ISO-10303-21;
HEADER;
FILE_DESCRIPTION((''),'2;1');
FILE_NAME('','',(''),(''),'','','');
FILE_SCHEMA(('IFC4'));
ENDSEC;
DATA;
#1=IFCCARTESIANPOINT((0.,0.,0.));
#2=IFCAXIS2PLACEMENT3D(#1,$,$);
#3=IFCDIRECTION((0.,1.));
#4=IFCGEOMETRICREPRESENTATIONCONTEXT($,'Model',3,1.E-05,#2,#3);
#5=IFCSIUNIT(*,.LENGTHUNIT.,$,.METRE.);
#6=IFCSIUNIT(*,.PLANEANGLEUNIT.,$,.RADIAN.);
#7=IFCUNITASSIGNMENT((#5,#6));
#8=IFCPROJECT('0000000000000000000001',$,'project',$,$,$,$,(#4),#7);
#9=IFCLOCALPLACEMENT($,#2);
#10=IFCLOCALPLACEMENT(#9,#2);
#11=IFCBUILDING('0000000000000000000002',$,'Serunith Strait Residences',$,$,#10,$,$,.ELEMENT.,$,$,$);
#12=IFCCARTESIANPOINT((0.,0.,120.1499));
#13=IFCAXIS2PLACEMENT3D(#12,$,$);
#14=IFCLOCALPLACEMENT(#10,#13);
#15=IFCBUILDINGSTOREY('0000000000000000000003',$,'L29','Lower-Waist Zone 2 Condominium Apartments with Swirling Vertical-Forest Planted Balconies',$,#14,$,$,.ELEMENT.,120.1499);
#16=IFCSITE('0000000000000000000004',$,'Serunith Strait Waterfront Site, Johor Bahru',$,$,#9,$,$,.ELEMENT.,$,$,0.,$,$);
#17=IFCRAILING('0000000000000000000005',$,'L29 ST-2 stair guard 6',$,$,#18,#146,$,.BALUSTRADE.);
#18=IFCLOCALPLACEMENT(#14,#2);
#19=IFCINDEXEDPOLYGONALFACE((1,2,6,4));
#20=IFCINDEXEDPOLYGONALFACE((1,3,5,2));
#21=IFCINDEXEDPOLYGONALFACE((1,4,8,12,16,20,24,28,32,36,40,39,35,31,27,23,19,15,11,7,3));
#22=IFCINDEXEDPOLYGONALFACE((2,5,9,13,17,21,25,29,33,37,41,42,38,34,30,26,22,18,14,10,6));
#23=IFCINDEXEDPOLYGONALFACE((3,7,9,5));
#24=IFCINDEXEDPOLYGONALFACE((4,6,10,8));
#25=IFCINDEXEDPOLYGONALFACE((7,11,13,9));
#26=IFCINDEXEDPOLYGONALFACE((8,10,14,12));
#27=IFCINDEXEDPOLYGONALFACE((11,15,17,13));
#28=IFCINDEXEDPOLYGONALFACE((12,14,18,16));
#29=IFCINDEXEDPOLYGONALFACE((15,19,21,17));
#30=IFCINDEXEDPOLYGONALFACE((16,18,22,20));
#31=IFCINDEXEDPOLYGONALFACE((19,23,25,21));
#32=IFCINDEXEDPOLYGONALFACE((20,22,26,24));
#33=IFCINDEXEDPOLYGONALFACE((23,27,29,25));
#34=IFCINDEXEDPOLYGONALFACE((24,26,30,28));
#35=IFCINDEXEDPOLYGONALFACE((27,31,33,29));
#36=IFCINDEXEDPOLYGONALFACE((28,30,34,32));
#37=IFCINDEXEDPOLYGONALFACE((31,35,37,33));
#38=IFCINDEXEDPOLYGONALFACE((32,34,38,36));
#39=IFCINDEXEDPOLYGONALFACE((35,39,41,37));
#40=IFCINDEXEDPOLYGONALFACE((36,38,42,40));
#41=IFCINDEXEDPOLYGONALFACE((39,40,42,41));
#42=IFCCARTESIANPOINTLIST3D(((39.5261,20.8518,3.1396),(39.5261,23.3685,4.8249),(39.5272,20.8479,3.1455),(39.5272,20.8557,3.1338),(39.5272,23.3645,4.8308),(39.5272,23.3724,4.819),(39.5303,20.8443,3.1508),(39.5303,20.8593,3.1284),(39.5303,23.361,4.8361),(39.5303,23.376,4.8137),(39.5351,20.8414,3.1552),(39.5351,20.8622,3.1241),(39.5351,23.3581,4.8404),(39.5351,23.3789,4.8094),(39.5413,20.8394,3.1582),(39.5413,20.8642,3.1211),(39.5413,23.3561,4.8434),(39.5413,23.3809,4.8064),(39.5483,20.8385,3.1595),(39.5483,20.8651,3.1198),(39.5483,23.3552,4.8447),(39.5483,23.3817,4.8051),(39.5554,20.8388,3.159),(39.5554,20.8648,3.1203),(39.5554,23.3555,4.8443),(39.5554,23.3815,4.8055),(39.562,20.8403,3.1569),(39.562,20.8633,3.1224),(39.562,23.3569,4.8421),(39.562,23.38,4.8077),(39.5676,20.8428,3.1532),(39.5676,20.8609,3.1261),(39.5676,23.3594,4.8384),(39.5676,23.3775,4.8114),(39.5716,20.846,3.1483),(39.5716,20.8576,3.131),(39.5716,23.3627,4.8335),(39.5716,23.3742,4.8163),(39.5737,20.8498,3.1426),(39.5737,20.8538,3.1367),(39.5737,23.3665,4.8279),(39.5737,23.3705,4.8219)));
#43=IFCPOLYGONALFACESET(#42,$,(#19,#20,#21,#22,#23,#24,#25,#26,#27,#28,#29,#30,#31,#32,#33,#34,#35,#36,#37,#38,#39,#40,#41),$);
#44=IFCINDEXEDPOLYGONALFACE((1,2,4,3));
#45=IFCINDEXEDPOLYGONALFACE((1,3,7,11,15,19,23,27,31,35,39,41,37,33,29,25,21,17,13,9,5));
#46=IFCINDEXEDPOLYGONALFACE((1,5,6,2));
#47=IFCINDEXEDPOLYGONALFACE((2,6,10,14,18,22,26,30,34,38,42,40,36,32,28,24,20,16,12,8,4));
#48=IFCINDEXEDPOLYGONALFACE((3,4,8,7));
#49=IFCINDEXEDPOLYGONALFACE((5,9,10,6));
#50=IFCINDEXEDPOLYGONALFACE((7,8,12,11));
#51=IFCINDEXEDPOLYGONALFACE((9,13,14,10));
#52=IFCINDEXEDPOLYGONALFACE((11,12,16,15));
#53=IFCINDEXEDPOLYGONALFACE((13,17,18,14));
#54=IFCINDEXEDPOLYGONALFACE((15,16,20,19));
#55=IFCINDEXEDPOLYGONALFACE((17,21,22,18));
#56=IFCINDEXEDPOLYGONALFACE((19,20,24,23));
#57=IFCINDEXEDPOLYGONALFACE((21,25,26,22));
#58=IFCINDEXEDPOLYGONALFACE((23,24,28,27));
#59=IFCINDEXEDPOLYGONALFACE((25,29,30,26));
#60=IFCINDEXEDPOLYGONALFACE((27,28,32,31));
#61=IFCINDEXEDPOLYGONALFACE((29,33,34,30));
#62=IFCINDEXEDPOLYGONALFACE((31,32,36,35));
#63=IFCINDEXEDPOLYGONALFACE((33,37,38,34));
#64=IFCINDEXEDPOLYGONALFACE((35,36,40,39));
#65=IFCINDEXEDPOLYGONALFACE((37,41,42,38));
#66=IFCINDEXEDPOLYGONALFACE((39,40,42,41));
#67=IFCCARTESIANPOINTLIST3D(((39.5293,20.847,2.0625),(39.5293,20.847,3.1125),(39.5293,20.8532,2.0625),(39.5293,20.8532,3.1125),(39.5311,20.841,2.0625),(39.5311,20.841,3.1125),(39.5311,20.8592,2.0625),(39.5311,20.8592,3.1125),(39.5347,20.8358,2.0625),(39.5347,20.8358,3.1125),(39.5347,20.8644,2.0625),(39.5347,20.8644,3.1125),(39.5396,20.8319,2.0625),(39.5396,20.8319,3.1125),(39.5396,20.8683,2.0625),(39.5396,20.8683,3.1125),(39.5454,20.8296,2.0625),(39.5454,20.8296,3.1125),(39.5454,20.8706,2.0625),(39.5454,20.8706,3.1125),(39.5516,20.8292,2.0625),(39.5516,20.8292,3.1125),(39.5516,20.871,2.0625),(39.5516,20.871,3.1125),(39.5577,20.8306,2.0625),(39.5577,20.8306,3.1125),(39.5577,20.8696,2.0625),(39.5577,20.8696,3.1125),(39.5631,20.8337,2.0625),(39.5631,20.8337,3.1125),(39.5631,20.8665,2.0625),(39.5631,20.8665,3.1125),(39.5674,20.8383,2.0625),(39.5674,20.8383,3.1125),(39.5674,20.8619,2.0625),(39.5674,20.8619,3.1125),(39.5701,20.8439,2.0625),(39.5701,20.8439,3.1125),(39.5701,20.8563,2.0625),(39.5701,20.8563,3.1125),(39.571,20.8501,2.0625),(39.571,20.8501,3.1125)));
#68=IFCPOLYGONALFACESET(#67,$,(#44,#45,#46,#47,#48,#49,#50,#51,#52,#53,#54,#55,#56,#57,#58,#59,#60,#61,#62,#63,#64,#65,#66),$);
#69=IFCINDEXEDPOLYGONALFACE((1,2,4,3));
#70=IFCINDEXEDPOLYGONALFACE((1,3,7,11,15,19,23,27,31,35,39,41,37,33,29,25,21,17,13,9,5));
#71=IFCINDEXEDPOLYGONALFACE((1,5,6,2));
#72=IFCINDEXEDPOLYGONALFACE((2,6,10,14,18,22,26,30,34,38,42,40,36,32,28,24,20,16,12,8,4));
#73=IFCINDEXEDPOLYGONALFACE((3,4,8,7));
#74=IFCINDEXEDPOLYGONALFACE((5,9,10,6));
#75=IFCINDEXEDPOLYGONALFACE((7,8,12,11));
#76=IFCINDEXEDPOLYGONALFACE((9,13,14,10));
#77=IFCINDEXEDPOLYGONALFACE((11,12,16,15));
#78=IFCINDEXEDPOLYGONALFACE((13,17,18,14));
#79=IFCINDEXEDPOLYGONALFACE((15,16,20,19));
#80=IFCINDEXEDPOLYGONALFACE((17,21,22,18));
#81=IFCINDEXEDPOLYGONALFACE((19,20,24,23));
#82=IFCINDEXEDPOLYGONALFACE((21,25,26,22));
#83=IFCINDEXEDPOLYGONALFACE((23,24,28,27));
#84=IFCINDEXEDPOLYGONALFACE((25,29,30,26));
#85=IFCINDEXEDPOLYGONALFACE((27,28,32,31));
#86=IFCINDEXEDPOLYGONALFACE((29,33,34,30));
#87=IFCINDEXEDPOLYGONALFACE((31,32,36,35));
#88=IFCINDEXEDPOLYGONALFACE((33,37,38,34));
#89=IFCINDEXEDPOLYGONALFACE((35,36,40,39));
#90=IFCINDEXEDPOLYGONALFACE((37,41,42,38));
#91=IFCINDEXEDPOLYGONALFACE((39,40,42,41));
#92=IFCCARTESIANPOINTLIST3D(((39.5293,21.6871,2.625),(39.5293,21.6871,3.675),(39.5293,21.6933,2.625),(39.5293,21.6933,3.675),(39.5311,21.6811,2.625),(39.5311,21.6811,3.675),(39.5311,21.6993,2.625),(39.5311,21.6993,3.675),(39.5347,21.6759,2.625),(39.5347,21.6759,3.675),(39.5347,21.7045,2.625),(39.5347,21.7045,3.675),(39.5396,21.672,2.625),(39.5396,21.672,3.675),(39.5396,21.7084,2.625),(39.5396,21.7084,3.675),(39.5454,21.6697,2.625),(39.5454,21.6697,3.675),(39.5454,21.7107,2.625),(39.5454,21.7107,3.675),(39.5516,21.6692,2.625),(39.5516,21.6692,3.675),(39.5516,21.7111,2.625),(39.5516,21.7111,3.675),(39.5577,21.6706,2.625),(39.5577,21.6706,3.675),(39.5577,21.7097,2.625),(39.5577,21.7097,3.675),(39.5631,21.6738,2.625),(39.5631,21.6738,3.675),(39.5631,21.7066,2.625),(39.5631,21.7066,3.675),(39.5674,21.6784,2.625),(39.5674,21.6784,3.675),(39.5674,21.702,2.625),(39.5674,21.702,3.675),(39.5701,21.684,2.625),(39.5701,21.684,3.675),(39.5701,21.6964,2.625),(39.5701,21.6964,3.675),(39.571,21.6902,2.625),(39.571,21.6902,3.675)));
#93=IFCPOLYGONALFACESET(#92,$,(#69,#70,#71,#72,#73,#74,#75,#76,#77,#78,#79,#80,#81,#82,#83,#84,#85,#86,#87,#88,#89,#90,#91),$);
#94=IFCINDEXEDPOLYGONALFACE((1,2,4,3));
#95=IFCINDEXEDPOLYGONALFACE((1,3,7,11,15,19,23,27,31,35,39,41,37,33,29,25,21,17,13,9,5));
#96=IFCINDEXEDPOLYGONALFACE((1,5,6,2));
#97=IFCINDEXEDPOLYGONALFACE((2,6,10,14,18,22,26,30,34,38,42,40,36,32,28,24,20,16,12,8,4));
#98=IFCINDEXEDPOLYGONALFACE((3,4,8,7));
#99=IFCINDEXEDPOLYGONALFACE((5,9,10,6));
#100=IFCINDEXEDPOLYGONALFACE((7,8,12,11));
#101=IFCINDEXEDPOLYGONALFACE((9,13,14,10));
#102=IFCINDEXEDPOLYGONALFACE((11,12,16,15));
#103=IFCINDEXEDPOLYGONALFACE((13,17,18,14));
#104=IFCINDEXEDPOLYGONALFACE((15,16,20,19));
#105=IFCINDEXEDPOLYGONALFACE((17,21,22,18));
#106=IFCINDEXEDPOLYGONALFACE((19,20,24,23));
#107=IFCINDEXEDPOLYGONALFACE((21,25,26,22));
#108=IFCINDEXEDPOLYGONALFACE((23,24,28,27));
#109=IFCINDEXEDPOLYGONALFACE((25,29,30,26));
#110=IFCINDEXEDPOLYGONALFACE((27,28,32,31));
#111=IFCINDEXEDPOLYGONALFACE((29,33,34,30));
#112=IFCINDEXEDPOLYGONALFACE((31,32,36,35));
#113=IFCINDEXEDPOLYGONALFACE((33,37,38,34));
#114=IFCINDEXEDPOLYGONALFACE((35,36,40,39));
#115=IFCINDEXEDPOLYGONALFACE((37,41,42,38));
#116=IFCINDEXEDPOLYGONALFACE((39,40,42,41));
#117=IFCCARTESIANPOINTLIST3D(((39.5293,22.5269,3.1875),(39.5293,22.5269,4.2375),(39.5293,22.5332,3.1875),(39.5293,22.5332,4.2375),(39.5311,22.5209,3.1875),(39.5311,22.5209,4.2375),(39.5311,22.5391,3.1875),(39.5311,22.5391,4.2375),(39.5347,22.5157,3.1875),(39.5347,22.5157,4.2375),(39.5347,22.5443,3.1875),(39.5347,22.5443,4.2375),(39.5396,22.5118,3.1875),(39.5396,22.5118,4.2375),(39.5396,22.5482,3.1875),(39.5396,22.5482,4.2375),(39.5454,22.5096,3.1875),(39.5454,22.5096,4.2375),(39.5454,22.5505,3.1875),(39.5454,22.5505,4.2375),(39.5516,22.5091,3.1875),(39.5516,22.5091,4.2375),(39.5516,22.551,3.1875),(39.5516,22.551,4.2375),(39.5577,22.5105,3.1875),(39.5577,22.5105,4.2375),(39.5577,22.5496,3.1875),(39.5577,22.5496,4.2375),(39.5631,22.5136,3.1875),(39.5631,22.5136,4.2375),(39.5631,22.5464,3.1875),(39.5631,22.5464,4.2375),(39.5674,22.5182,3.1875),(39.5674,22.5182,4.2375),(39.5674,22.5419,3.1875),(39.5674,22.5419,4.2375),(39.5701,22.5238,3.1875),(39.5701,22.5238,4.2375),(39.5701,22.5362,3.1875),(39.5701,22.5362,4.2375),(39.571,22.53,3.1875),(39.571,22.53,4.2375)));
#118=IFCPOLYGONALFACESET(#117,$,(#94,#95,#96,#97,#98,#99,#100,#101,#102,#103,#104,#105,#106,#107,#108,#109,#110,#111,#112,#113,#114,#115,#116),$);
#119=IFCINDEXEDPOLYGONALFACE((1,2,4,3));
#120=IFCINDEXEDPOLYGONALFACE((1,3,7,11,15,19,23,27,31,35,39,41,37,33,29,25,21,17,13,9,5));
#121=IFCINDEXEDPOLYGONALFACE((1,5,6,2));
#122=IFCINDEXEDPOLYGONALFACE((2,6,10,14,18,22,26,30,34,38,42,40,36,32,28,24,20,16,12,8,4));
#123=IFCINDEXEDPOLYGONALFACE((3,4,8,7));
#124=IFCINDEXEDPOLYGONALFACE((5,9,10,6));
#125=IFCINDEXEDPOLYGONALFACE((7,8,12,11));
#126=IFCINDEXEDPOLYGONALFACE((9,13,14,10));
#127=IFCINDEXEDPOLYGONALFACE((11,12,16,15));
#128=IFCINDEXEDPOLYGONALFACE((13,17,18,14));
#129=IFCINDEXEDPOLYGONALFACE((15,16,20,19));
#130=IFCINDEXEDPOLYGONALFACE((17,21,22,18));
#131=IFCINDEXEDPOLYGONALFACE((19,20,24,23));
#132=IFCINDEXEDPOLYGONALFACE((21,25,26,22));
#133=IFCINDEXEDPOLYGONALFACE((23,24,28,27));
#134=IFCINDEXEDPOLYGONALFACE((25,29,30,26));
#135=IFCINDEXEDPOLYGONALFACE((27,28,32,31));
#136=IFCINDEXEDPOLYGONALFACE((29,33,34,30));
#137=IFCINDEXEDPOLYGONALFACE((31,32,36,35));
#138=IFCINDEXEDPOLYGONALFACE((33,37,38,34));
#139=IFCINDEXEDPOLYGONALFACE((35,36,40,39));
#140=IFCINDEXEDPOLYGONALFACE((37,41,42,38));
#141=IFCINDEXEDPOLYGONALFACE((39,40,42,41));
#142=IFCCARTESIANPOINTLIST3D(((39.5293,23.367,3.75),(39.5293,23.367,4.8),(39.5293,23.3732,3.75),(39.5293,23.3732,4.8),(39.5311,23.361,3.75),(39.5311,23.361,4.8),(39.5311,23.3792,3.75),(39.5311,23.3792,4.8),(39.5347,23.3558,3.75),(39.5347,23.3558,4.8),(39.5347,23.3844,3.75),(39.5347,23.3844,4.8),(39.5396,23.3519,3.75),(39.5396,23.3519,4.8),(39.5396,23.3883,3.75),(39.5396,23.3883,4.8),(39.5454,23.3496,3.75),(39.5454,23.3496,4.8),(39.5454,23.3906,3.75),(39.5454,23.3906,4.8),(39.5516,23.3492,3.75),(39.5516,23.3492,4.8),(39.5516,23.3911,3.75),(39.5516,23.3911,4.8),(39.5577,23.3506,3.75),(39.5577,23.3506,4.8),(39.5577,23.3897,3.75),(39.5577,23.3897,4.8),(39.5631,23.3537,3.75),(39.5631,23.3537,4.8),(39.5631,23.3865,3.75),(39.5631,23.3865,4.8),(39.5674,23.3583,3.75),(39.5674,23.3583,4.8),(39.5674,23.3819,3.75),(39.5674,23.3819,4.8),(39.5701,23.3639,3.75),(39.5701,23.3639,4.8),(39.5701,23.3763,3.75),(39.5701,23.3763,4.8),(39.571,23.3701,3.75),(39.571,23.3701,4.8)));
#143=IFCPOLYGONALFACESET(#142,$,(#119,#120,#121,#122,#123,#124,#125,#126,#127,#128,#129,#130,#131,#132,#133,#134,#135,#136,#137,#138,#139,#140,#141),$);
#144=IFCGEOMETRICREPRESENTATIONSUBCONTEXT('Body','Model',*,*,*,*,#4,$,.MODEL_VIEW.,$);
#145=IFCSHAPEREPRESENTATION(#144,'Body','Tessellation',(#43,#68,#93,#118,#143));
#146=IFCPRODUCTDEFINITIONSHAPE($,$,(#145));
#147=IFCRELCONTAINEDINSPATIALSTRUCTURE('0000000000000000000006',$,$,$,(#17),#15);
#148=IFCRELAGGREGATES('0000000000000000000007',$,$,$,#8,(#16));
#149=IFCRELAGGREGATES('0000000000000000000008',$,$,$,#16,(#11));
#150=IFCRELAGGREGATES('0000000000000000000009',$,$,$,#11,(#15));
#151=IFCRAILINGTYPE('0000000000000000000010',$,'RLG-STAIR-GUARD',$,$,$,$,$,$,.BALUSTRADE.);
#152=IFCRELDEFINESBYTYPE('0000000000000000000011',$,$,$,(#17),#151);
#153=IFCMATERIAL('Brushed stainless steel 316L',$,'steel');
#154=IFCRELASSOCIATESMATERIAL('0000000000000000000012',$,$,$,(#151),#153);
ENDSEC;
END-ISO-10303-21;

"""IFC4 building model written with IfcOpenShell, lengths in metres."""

from ifc_helpers import new_model, si_unit, direction, frame, origin, origin_2d, place, context, subcontext, project, spatial, circle, extrude, material, type_object, element, save


model = new_model("IFC4")

# Units and contexts
model_context = context("Model", 3, precision=1e-05, world=origin(), true_north=direction((0.0, 1.0)))
body_context = subcontext(model_context, "Body", "Model", "MODEL_VIEW")
ifc_project = project(units=[si_unit("LENGTHUNIT", "METRE"), si_unit("PLANEANGLEUNIT", "RADIAN")], contexts=[model_context])

# Site, building, storey
site_placement = place(None, origin())
site = spatial("IfcSite", under=ifc_project, at=site_placement, Name="Serunith Strait Waterfront Site, Johor Bahru", CompositionType="ELEMENT", RefElevation=0.0)
building_placement = place(site_placement, origin())
building = spatial("IfcBuilding", under=site, at=building_placement, Name="Serunith Strait Residences", CompositionType="ELEMENT")
storey_placement = place(building_placement, frame((0.0, 0.0, 120.1499)))
storey = spatial("IfcBuildingStorey", under=building, at=storey_placement, Name="L29", Description="Lower-Waist Zone 2 Condominium Apartments with Swirling Vertical-Forest Planted Balconies", CompositionType="ELEMENT", Elevation=120.1499)

# Railing
ifc_material_1 = material(Name="Brushed stainless steel 316L", Category="steel")
railing_type_1 = type_object("IfcRailingType", Name="RLG-STAIR-GUARD", PredefinedType="BALUSTRADE", material=ifc_material_1)
railing_1_placement = place(storey_placement, frame((39.55, 20.8501, 2.0625)))
element("IfcRailing", 1, at=railing_1_placement, inside=storey, type_object=railing_type_1, Name="L29 ST-2 stair guard 6", PredefinedType="BALUSTRADE", context=body_context, shape_type="SweptSolid", body=[
    extrude(circle(Radius=0.0239, at=origin_2d()), frame((0.0, 0.0017, 1.0771), z_axis=(0.0, 0.830909, 0.556408), x_axis=(-1.0, 0.0, 0.0)), (0.0, 0.0, 1.0), 3.0288),
    extrude(circle(Radius=0.021, at=origin_2d()), origin(), (0.0, 0.0, 1.0), 1.05),
    extrude(circle(Radius=0.021, at=origin_2d()), frame((0.0, 0.8401, 0.5625)), (0.0, 0.0, 1.0), 1.05),
    extrude(circle(Radius=0.021, at=origin_2d()), frame((0.0, 1.6799, 1.125)), (0.0, 0.0, 1.0), 1.05),
    extrude(circle(Radius=0.021, at=origin_2d()), frame((0.0, 2.52, 1.6875)), (0.0, 0.0, 1.0), 1.05),
])

save(model, "model.ifc")
